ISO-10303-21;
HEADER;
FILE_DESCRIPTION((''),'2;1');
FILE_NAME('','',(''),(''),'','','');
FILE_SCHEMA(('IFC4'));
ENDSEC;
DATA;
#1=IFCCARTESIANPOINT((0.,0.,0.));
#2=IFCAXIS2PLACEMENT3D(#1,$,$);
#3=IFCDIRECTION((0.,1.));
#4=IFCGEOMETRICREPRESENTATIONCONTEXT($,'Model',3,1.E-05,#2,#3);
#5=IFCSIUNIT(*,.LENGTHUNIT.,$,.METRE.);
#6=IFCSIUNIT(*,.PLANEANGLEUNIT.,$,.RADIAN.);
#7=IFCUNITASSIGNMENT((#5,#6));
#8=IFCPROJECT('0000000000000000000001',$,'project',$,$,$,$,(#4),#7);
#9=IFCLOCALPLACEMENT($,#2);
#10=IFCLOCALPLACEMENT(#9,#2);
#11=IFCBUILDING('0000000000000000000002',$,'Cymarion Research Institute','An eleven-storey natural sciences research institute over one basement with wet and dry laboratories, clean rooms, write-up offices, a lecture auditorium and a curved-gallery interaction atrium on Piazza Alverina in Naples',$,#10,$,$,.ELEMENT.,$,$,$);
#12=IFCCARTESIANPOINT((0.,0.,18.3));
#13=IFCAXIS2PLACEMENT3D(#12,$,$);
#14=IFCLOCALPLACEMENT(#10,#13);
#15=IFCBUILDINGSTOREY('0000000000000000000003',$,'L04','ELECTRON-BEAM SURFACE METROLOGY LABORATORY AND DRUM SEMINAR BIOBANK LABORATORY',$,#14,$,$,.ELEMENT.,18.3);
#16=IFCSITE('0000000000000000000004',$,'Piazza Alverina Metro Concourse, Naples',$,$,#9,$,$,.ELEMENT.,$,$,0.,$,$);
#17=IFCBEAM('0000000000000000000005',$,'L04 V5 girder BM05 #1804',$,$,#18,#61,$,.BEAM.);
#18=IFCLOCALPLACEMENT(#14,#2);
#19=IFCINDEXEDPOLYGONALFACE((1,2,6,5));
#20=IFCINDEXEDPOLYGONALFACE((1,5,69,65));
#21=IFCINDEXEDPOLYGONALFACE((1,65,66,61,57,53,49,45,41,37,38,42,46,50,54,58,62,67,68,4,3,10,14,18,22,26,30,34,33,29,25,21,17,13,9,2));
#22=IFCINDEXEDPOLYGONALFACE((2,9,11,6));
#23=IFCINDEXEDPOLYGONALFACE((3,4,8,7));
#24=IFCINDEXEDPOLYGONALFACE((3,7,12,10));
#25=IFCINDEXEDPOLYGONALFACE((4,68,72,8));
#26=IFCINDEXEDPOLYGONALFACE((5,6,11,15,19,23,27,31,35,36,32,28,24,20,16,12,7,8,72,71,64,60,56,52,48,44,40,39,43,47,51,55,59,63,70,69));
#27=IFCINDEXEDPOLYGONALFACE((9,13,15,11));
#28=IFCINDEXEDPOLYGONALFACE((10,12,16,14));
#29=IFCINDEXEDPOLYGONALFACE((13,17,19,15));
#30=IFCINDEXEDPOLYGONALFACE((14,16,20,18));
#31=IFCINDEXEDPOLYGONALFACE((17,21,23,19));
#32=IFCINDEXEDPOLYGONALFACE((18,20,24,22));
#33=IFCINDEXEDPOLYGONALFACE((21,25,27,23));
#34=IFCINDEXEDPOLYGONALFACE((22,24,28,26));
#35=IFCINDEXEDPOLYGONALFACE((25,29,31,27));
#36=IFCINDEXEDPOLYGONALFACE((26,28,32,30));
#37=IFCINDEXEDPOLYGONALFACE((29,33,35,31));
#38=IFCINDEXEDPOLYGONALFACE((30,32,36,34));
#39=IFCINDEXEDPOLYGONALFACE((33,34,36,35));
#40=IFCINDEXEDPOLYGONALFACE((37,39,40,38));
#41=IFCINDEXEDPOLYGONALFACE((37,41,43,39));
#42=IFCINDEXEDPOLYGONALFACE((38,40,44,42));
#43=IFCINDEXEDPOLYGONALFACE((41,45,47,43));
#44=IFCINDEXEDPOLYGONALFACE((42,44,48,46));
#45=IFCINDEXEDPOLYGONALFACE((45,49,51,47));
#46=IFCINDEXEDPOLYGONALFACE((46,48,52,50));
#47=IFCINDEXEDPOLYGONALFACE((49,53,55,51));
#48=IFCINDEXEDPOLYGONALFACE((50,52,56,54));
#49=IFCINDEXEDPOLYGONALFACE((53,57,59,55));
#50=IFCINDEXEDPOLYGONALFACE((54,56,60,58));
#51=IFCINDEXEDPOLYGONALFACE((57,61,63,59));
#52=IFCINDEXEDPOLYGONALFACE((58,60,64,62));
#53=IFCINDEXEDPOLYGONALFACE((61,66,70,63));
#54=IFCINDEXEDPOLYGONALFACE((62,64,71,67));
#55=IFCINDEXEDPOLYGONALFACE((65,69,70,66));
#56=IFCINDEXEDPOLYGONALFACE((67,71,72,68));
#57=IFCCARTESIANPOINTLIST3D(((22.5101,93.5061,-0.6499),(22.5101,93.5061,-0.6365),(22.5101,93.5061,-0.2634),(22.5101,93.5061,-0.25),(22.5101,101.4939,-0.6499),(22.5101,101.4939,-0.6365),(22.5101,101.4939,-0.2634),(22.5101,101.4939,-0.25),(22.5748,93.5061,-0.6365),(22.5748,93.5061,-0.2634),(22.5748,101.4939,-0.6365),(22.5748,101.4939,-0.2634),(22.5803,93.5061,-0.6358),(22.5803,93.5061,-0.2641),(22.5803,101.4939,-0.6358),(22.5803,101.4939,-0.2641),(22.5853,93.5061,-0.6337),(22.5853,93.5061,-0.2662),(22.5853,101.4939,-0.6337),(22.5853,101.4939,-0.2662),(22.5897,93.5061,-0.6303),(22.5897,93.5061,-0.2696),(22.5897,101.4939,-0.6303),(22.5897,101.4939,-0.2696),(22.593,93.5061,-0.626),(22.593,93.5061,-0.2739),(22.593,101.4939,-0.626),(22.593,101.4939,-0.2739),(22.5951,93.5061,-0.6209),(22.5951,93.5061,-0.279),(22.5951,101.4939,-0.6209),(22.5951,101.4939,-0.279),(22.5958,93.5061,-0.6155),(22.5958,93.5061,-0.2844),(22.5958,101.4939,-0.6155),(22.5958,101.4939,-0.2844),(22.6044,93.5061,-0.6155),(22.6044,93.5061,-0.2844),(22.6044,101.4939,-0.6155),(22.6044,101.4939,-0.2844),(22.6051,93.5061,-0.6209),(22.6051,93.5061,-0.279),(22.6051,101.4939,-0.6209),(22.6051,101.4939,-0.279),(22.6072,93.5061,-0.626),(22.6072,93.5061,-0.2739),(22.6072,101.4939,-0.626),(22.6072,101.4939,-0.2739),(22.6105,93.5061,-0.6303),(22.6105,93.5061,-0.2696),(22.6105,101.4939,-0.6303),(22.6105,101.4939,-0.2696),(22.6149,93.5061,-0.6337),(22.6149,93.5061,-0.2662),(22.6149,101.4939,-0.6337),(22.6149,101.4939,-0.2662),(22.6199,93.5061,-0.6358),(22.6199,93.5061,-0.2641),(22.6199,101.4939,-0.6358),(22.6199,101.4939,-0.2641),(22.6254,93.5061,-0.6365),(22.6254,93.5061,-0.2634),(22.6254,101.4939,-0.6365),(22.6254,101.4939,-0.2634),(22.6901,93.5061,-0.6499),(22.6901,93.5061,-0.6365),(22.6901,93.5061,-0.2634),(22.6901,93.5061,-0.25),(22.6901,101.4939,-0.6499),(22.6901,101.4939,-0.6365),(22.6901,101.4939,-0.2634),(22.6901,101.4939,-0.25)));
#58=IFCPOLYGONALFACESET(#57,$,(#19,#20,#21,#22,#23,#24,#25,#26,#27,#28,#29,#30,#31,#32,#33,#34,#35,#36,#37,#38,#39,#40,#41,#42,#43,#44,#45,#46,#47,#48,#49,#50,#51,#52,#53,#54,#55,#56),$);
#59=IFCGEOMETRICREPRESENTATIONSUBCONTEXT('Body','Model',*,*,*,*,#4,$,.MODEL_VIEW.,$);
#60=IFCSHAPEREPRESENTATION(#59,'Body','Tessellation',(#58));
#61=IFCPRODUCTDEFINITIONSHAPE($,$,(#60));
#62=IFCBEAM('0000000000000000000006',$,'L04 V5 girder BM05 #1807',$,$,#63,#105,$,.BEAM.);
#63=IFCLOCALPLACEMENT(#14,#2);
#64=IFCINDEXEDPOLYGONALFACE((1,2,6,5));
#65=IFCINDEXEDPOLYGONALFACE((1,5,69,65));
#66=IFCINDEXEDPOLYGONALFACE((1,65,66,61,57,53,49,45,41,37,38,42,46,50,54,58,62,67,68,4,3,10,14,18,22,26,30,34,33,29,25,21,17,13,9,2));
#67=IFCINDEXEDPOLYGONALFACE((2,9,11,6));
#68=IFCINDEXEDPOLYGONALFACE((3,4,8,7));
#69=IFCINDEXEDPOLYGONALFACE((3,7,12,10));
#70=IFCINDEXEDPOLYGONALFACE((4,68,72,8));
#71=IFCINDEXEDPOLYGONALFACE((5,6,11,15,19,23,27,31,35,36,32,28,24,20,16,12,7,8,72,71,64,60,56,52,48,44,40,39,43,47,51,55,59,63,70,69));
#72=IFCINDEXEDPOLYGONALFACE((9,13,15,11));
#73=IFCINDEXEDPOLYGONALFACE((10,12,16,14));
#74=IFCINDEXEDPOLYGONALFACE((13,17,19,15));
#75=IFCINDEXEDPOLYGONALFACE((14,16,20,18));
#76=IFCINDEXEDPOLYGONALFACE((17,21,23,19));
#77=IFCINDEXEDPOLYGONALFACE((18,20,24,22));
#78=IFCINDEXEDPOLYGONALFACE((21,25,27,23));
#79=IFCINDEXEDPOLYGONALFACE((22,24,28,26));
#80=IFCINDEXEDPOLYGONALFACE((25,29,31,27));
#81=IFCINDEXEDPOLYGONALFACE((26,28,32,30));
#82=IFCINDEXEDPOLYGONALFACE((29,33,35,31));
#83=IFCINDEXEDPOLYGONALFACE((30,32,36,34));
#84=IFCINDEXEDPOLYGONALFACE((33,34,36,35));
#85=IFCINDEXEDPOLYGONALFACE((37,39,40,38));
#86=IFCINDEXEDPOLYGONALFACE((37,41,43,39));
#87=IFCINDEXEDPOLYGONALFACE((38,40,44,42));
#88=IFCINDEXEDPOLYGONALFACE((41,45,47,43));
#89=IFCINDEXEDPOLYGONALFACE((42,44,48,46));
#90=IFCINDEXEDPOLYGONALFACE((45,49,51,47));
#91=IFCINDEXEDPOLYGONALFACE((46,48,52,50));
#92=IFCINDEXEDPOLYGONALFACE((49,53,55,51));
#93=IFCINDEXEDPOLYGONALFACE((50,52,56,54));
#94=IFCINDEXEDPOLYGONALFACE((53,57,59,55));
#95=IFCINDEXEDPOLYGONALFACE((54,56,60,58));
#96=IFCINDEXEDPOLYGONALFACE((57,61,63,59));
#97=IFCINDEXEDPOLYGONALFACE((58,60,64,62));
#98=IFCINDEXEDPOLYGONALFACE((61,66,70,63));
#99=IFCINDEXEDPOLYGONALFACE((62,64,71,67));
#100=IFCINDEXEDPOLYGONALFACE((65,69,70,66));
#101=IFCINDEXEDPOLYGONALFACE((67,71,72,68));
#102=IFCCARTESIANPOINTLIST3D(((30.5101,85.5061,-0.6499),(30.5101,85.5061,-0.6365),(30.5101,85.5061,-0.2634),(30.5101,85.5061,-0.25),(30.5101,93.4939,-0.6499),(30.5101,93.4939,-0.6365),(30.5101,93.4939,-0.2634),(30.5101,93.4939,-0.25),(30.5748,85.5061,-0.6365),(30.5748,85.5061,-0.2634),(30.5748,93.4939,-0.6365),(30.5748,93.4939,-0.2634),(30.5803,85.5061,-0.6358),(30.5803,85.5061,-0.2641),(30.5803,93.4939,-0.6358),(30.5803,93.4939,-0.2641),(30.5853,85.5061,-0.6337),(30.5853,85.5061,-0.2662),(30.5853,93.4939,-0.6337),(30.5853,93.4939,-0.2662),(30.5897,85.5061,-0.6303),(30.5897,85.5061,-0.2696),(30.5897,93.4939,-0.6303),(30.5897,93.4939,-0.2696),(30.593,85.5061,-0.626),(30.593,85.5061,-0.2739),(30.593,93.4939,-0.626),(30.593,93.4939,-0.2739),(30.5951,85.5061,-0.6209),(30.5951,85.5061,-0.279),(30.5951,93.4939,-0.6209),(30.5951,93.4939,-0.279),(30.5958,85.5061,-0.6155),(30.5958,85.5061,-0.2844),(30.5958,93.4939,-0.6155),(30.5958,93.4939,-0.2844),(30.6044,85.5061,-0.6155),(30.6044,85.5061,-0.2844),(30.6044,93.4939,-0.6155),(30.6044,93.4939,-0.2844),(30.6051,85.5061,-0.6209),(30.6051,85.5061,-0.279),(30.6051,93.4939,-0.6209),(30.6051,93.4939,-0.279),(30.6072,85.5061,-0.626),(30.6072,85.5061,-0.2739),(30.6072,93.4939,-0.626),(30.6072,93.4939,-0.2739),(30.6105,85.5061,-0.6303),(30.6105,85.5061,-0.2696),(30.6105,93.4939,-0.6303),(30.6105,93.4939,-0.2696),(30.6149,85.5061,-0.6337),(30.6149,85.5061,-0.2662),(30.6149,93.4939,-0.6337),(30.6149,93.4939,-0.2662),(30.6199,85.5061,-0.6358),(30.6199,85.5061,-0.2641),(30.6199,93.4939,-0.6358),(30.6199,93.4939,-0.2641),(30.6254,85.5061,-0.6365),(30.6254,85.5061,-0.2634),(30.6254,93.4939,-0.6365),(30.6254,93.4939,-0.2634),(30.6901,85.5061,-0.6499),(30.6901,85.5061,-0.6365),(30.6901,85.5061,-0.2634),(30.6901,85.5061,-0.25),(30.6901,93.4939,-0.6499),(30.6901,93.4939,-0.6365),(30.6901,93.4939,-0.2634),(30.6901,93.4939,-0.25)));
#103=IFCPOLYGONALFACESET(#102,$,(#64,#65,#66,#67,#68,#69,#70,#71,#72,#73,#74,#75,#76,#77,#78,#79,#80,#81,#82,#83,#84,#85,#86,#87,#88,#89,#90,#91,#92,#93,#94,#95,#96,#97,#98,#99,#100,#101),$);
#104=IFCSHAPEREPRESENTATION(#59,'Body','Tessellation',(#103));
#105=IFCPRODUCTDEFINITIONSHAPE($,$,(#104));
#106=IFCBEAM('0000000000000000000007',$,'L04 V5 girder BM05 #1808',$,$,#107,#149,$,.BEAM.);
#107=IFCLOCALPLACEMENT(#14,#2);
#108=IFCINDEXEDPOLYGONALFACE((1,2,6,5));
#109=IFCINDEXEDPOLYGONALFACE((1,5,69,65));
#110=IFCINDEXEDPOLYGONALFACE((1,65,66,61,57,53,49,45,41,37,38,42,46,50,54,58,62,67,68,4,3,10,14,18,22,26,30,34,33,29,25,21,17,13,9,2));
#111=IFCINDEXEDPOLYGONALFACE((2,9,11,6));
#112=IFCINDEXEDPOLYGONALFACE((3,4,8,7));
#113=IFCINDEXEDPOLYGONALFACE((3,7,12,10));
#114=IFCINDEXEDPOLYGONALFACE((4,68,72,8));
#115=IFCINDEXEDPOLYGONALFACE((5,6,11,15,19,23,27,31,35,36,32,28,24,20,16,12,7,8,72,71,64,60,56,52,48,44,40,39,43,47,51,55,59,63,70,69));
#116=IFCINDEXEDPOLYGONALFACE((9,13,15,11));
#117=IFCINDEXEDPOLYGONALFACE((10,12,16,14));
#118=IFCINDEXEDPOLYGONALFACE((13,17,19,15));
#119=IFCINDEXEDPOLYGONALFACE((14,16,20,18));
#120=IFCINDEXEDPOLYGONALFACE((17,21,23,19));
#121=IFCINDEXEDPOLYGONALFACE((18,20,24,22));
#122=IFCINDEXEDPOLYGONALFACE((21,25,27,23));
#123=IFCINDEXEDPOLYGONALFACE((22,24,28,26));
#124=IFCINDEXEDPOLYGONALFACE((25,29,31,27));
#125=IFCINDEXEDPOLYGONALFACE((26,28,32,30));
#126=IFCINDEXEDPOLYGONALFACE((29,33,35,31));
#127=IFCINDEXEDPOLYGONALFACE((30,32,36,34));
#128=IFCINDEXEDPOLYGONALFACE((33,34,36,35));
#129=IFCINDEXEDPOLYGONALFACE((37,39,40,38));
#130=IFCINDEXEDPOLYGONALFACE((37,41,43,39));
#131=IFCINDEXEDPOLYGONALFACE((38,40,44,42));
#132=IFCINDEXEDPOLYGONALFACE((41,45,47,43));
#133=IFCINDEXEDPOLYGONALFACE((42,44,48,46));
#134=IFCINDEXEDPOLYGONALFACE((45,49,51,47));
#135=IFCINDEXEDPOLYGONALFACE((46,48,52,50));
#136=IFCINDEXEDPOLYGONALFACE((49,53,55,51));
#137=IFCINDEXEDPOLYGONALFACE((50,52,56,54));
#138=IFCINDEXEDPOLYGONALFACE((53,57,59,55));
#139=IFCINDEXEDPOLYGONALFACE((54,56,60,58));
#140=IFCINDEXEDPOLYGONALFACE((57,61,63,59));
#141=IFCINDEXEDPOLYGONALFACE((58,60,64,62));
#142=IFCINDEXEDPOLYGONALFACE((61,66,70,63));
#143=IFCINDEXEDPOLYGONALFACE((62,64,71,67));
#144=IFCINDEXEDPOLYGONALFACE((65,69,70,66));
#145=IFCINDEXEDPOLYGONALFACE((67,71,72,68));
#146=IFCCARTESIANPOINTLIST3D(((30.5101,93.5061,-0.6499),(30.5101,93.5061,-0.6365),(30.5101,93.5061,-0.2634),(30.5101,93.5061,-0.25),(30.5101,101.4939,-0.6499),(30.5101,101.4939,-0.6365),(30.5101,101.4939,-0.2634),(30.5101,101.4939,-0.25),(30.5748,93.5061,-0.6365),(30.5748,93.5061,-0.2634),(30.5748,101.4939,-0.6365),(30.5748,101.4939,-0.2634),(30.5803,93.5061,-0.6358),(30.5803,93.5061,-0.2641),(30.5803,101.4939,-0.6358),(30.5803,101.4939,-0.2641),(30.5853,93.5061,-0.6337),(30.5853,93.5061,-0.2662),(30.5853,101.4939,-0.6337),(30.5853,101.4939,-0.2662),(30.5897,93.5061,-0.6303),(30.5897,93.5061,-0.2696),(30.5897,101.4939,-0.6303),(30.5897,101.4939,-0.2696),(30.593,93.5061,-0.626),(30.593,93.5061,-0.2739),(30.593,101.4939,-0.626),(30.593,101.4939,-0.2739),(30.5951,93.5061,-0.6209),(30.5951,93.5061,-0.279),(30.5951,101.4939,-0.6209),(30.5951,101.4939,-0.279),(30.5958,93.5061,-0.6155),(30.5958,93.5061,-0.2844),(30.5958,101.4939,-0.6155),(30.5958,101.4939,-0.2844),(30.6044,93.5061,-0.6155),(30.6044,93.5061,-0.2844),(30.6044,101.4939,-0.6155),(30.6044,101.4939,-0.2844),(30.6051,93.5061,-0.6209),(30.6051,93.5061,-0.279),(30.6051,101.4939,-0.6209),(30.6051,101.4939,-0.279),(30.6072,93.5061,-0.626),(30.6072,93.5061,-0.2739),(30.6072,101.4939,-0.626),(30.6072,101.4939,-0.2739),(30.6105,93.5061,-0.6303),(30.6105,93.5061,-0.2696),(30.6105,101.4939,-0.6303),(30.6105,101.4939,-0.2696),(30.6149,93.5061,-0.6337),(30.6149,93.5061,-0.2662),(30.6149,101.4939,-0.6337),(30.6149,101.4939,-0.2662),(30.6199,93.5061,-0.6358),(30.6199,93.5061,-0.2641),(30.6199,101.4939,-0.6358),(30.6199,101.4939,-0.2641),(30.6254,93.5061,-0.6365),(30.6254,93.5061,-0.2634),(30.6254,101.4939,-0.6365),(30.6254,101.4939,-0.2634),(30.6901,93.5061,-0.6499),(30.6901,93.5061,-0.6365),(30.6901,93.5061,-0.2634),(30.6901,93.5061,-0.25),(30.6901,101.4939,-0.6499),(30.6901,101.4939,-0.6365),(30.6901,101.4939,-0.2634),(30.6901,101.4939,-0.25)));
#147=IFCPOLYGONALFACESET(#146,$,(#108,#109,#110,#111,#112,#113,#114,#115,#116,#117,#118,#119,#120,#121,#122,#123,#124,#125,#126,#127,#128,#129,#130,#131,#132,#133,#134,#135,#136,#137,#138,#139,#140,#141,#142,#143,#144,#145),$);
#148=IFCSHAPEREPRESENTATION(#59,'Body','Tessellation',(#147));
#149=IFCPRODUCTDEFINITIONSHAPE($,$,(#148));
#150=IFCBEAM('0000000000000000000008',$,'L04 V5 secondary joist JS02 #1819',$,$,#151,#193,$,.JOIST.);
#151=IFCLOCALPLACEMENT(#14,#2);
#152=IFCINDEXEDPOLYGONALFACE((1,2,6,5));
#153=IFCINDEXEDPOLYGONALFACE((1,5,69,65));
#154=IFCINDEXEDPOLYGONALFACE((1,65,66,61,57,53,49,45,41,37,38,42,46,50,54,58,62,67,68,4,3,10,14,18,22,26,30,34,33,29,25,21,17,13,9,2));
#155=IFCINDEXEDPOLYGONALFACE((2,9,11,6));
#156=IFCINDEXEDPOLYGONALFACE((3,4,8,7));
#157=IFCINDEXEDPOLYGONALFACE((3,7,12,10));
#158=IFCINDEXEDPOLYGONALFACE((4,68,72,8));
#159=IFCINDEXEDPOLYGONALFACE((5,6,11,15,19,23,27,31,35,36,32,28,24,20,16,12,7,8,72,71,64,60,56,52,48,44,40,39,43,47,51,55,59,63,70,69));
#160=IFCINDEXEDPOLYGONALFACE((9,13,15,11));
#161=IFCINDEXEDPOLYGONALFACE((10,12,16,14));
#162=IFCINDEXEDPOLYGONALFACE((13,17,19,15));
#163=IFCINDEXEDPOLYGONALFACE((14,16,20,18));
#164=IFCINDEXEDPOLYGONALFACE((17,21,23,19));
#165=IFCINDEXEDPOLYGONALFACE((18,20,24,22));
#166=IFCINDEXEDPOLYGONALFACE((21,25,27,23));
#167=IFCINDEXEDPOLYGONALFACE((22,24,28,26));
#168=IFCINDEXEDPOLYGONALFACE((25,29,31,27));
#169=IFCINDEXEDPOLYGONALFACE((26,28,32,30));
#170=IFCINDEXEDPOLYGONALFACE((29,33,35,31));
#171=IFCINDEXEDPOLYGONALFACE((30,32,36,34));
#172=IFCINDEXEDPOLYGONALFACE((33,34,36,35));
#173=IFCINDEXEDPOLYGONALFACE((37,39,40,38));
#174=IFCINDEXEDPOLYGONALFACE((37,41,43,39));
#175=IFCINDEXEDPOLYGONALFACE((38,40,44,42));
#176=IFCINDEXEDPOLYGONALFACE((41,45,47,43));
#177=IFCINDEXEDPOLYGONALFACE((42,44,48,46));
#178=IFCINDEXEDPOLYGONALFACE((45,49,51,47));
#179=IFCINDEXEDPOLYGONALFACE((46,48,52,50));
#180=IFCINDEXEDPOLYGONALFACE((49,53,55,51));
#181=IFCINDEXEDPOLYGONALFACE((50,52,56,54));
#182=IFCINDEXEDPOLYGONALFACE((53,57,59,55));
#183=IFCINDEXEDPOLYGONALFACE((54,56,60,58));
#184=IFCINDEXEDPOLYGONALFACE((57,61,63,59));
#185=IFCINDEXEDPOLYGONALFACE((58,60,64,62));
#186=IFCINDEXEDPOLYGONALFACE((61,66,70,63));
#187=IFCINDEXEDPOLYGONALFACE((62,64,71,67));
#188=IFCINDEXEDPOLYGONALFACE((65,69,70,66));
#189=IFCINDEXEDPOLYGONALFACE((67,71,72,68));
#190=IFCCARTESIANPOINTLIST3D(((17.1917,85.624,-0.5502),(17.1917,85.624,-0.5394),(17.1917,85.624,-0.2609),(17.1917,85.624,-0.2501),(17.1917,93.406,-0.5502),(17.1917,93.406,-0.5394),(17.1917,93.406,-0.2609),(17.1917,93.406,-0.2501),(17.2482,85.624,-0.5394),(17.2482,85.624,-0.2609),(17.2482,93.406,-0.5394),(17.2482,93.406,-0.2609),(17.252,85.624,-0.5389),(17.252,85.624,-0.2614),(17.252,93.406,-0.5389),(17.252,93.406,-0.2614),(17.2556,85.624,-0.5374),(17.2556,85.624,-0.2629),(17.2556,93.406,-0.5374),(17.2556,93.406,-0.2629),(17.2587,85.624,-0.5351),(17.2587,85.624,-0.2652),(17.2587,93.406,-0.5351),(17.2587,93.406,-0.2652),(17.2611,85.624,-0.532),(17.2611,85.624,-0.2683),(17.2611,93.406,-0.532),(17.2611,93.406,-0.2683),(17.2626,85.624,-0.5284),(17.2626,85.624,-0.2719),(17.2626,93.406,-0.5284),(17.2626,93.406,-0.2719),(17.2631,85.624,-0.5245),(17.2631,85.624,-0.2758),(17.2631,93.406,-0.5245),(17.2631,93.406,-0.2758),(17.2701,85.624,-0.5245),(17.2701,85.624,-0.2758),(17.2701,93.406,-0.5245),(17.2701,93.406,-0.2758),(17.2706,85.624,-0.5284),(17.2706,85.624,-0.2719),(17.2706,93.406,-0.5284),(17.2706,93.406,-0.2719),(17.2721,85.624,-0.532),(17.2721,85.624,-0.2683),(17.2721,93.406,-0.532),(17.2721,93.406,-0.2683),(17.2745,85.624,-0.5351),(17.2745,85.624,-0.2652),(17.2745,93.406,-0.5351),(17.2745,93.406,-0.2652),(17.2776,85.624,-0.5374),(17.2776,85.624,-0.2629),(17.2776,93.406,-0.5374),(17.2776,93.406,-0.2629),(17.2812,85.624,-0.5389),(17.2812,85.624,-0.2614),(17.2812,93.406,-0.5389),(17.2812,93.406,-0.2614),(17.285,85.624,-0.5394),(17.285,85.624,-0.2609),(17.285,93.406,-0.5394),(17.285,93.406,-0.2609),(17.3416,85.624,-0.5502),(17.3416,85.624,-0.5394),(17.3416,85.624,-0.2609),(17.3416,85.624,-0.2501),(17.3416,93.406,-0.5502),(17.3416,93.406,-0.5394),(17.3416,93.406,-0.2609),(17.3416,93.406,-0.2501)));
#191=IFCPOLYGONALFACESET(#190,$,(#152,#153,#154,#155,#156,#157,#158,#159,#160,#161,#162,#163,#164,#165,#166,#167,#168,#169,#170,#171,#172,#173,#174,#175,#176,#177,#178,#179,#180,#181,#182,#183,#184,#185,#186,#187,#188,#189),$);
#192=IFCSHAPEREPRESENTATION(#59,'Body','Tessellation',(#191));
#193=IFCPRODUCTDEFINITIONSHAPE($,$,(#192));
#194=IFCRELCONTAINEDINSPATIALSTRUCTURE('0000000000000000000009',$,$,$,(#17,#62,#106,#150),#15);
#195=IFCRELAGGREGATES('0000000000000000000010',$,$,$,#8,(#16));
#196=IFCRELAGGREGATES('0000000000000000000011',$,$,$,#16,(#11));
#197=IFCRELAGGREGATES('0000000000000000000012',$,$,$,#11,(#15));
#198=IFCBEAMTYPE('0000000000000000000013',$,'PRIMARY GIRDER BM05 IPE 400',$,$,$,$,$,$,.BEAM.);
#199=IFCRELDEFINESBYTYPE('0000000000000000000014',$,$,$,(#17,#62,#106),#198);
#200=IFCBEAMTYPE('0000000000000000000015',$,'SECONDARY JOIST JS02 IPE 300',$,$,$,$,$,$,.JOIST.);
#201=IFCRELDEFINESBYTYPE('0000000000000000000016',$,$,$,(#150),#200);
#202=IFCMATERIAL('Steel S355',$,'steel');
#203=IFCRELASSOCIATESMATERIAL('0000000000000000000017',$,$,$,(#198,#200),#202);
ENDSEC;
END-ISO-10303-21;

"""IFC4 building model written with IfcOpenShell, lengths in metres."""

from ifc_helpers import new_model, si_unit, direction, frame, origin, origin_2d, place, context, subcontext, project, spatial, i_section, extrude, material, material_profile, profile_set, type_object, element, save


model = new_model("IFC4")

# Units and contexts
model_context = context("Model", 3, precision=1e-05, world=origin(), true_north=direction((0.0, 1.0)))
body_context = subcontext(model_context, "Body", "Model", "MODEL_VIEW")
ifc_project = project(units=[si_unit("LENGTHUNIT", "METRE"), si_unit("PLANEANGLEUNIT", "RADIAN")], contexts=[model_context])

# Site, building, storey
site_placement = place(None, origin())
site = spatial("IfcSite", under=ifc_project, at=site_placement, Name="Piazza Alverina Metro Concourse, Naples", CompositionType="ELEMENT", RefElevation=0.0)
building_placement = place(site_placement, origin())
building = spatial("IfcBuilding", under=site, at=building_placement, Name="Cymarion Research Institute", Description="An eleven-storey natural sciences research institute over one basement with wet and dry laboratories, clean rooms, write-up offices, a lecture auditorium and a curved-gallery interaction atrium on Piazza Alverina in Naples", CompositionType="ELEMENT")
storey_placement = place(building_placement, frame((0.0, 0.0, 18.3)))
storey = spatial("IfcBuildingStorey", under=building, at=storey_placement, Name="L04", Description="ELECTRON-BEAM SURFACE METROLOGY LABORATORY AND DRUM SEMINAR BIOBANK LABORATORY", CompositionType="ELEMENT", Elevation=18.3)

# Shared definitions
ifc_material_1 = material(Name="Steel S355", Category="steel")

# Beams
ifc_material_profile_1 = material_profile(ifc_material_1, i_section(OverallWidth=0.1799, OverallDepth=0.3999, WebThickness=0.0085, FlangeThickness=0.0134, FilletRadius=0.021, at=origin_2d()), Name="IPE 400")
ifc_profile_set_1 = profile_set([ifc_material_profile_1], Name="Steel S355")
beam_type_1 = type_object("IfcBeamType", Name="PRIMARY GIRDER BM05 IPE 400", PredefinedType="BEAM", material=ifc_profile_set_1)
for number, where, z_axis, x_axis, name in (
    (1, (22.6001, 93.5061, -0.45), (0.0, 1.0, 0.0), (-1.0, 0.0, 0.0), "L04 V5 girder BM05 #1804"),
    (2, (30.6001, 85.5061, -0.45), (0.0, 1.0, 0.0), (-1.0, 0.0, 0.0), "L04 V5 girder BM05 #1807"),
    (3, (30.6001, 93.5061, -0.45), (0.0, 1.0, 0.0), (-1.0, 0.0, 0.0), "L04 V5 girder BM05 #1808"),
):
    element("IfcBeam", number, at=place(storey_placement, frame(where, z_axis=z_axis, x_axis=x_axis)), inside=storey, type_object=beam_type_1, Name=name, PredefinedType="BEAM", context=body_context, shape_type="SweptSolid", body=[
        extrude(i_section(OverallWidth=0.1799, OverallDepth=0.3999, WebThickness=0.0085, FlangeThickness=0.0134, FilletRadius=0.021, at=origin_2d()), origin(), (0.0, 0.0, 1.0), 7.9878),
    ])
ifc_material_profile_2 = material_profile(ifc_material_1, i_section(OverallWidth=0.1499, OverallDepth=0.3, WebThickness=0.0071, FlangeThickness=0.0107, FilletRadius=0.0149, at=origin_2d()), Name="IPE 300")
ifc_profile_set_2 = profile_set([ifc_material_profile_2], Name="Steel S355")
beam_type_2 = type_object("IfcBeamType", Name="SECONDARY JOIST JS02 IPE 300", PredefinedType="JOIST", material=ifc_profile_set_2)
for number, where, z_axis, x_axis, name in (
    (4, (17.2666, 85.624, -0.4001), (0.0, 1.0, 0.0), (-1.0, 0.0, 0.0), "L04 V5 secondary joist JS02 #1819"),
):
    element("IfcBeam", number, at=place(storey_placement, frame(where, z_axis=z_axis, x_axis=x_axis)), inside=storey, type_object=beam_type_2, Name=name, PredefinedType="JOIST", context=body_context, shape_type="SweptSolid", body=[
        extrude(i_section(OverallWidth=0.1499, OverallDepth=0.3, WebThickness=0.0071, FlangeThickness=0.0107, FilletRadius=0.0149, at=origin_2d()), origin(), (0.0, 0.0, 1.0), 7.782),
    ])

save(model, "model.ifc")
